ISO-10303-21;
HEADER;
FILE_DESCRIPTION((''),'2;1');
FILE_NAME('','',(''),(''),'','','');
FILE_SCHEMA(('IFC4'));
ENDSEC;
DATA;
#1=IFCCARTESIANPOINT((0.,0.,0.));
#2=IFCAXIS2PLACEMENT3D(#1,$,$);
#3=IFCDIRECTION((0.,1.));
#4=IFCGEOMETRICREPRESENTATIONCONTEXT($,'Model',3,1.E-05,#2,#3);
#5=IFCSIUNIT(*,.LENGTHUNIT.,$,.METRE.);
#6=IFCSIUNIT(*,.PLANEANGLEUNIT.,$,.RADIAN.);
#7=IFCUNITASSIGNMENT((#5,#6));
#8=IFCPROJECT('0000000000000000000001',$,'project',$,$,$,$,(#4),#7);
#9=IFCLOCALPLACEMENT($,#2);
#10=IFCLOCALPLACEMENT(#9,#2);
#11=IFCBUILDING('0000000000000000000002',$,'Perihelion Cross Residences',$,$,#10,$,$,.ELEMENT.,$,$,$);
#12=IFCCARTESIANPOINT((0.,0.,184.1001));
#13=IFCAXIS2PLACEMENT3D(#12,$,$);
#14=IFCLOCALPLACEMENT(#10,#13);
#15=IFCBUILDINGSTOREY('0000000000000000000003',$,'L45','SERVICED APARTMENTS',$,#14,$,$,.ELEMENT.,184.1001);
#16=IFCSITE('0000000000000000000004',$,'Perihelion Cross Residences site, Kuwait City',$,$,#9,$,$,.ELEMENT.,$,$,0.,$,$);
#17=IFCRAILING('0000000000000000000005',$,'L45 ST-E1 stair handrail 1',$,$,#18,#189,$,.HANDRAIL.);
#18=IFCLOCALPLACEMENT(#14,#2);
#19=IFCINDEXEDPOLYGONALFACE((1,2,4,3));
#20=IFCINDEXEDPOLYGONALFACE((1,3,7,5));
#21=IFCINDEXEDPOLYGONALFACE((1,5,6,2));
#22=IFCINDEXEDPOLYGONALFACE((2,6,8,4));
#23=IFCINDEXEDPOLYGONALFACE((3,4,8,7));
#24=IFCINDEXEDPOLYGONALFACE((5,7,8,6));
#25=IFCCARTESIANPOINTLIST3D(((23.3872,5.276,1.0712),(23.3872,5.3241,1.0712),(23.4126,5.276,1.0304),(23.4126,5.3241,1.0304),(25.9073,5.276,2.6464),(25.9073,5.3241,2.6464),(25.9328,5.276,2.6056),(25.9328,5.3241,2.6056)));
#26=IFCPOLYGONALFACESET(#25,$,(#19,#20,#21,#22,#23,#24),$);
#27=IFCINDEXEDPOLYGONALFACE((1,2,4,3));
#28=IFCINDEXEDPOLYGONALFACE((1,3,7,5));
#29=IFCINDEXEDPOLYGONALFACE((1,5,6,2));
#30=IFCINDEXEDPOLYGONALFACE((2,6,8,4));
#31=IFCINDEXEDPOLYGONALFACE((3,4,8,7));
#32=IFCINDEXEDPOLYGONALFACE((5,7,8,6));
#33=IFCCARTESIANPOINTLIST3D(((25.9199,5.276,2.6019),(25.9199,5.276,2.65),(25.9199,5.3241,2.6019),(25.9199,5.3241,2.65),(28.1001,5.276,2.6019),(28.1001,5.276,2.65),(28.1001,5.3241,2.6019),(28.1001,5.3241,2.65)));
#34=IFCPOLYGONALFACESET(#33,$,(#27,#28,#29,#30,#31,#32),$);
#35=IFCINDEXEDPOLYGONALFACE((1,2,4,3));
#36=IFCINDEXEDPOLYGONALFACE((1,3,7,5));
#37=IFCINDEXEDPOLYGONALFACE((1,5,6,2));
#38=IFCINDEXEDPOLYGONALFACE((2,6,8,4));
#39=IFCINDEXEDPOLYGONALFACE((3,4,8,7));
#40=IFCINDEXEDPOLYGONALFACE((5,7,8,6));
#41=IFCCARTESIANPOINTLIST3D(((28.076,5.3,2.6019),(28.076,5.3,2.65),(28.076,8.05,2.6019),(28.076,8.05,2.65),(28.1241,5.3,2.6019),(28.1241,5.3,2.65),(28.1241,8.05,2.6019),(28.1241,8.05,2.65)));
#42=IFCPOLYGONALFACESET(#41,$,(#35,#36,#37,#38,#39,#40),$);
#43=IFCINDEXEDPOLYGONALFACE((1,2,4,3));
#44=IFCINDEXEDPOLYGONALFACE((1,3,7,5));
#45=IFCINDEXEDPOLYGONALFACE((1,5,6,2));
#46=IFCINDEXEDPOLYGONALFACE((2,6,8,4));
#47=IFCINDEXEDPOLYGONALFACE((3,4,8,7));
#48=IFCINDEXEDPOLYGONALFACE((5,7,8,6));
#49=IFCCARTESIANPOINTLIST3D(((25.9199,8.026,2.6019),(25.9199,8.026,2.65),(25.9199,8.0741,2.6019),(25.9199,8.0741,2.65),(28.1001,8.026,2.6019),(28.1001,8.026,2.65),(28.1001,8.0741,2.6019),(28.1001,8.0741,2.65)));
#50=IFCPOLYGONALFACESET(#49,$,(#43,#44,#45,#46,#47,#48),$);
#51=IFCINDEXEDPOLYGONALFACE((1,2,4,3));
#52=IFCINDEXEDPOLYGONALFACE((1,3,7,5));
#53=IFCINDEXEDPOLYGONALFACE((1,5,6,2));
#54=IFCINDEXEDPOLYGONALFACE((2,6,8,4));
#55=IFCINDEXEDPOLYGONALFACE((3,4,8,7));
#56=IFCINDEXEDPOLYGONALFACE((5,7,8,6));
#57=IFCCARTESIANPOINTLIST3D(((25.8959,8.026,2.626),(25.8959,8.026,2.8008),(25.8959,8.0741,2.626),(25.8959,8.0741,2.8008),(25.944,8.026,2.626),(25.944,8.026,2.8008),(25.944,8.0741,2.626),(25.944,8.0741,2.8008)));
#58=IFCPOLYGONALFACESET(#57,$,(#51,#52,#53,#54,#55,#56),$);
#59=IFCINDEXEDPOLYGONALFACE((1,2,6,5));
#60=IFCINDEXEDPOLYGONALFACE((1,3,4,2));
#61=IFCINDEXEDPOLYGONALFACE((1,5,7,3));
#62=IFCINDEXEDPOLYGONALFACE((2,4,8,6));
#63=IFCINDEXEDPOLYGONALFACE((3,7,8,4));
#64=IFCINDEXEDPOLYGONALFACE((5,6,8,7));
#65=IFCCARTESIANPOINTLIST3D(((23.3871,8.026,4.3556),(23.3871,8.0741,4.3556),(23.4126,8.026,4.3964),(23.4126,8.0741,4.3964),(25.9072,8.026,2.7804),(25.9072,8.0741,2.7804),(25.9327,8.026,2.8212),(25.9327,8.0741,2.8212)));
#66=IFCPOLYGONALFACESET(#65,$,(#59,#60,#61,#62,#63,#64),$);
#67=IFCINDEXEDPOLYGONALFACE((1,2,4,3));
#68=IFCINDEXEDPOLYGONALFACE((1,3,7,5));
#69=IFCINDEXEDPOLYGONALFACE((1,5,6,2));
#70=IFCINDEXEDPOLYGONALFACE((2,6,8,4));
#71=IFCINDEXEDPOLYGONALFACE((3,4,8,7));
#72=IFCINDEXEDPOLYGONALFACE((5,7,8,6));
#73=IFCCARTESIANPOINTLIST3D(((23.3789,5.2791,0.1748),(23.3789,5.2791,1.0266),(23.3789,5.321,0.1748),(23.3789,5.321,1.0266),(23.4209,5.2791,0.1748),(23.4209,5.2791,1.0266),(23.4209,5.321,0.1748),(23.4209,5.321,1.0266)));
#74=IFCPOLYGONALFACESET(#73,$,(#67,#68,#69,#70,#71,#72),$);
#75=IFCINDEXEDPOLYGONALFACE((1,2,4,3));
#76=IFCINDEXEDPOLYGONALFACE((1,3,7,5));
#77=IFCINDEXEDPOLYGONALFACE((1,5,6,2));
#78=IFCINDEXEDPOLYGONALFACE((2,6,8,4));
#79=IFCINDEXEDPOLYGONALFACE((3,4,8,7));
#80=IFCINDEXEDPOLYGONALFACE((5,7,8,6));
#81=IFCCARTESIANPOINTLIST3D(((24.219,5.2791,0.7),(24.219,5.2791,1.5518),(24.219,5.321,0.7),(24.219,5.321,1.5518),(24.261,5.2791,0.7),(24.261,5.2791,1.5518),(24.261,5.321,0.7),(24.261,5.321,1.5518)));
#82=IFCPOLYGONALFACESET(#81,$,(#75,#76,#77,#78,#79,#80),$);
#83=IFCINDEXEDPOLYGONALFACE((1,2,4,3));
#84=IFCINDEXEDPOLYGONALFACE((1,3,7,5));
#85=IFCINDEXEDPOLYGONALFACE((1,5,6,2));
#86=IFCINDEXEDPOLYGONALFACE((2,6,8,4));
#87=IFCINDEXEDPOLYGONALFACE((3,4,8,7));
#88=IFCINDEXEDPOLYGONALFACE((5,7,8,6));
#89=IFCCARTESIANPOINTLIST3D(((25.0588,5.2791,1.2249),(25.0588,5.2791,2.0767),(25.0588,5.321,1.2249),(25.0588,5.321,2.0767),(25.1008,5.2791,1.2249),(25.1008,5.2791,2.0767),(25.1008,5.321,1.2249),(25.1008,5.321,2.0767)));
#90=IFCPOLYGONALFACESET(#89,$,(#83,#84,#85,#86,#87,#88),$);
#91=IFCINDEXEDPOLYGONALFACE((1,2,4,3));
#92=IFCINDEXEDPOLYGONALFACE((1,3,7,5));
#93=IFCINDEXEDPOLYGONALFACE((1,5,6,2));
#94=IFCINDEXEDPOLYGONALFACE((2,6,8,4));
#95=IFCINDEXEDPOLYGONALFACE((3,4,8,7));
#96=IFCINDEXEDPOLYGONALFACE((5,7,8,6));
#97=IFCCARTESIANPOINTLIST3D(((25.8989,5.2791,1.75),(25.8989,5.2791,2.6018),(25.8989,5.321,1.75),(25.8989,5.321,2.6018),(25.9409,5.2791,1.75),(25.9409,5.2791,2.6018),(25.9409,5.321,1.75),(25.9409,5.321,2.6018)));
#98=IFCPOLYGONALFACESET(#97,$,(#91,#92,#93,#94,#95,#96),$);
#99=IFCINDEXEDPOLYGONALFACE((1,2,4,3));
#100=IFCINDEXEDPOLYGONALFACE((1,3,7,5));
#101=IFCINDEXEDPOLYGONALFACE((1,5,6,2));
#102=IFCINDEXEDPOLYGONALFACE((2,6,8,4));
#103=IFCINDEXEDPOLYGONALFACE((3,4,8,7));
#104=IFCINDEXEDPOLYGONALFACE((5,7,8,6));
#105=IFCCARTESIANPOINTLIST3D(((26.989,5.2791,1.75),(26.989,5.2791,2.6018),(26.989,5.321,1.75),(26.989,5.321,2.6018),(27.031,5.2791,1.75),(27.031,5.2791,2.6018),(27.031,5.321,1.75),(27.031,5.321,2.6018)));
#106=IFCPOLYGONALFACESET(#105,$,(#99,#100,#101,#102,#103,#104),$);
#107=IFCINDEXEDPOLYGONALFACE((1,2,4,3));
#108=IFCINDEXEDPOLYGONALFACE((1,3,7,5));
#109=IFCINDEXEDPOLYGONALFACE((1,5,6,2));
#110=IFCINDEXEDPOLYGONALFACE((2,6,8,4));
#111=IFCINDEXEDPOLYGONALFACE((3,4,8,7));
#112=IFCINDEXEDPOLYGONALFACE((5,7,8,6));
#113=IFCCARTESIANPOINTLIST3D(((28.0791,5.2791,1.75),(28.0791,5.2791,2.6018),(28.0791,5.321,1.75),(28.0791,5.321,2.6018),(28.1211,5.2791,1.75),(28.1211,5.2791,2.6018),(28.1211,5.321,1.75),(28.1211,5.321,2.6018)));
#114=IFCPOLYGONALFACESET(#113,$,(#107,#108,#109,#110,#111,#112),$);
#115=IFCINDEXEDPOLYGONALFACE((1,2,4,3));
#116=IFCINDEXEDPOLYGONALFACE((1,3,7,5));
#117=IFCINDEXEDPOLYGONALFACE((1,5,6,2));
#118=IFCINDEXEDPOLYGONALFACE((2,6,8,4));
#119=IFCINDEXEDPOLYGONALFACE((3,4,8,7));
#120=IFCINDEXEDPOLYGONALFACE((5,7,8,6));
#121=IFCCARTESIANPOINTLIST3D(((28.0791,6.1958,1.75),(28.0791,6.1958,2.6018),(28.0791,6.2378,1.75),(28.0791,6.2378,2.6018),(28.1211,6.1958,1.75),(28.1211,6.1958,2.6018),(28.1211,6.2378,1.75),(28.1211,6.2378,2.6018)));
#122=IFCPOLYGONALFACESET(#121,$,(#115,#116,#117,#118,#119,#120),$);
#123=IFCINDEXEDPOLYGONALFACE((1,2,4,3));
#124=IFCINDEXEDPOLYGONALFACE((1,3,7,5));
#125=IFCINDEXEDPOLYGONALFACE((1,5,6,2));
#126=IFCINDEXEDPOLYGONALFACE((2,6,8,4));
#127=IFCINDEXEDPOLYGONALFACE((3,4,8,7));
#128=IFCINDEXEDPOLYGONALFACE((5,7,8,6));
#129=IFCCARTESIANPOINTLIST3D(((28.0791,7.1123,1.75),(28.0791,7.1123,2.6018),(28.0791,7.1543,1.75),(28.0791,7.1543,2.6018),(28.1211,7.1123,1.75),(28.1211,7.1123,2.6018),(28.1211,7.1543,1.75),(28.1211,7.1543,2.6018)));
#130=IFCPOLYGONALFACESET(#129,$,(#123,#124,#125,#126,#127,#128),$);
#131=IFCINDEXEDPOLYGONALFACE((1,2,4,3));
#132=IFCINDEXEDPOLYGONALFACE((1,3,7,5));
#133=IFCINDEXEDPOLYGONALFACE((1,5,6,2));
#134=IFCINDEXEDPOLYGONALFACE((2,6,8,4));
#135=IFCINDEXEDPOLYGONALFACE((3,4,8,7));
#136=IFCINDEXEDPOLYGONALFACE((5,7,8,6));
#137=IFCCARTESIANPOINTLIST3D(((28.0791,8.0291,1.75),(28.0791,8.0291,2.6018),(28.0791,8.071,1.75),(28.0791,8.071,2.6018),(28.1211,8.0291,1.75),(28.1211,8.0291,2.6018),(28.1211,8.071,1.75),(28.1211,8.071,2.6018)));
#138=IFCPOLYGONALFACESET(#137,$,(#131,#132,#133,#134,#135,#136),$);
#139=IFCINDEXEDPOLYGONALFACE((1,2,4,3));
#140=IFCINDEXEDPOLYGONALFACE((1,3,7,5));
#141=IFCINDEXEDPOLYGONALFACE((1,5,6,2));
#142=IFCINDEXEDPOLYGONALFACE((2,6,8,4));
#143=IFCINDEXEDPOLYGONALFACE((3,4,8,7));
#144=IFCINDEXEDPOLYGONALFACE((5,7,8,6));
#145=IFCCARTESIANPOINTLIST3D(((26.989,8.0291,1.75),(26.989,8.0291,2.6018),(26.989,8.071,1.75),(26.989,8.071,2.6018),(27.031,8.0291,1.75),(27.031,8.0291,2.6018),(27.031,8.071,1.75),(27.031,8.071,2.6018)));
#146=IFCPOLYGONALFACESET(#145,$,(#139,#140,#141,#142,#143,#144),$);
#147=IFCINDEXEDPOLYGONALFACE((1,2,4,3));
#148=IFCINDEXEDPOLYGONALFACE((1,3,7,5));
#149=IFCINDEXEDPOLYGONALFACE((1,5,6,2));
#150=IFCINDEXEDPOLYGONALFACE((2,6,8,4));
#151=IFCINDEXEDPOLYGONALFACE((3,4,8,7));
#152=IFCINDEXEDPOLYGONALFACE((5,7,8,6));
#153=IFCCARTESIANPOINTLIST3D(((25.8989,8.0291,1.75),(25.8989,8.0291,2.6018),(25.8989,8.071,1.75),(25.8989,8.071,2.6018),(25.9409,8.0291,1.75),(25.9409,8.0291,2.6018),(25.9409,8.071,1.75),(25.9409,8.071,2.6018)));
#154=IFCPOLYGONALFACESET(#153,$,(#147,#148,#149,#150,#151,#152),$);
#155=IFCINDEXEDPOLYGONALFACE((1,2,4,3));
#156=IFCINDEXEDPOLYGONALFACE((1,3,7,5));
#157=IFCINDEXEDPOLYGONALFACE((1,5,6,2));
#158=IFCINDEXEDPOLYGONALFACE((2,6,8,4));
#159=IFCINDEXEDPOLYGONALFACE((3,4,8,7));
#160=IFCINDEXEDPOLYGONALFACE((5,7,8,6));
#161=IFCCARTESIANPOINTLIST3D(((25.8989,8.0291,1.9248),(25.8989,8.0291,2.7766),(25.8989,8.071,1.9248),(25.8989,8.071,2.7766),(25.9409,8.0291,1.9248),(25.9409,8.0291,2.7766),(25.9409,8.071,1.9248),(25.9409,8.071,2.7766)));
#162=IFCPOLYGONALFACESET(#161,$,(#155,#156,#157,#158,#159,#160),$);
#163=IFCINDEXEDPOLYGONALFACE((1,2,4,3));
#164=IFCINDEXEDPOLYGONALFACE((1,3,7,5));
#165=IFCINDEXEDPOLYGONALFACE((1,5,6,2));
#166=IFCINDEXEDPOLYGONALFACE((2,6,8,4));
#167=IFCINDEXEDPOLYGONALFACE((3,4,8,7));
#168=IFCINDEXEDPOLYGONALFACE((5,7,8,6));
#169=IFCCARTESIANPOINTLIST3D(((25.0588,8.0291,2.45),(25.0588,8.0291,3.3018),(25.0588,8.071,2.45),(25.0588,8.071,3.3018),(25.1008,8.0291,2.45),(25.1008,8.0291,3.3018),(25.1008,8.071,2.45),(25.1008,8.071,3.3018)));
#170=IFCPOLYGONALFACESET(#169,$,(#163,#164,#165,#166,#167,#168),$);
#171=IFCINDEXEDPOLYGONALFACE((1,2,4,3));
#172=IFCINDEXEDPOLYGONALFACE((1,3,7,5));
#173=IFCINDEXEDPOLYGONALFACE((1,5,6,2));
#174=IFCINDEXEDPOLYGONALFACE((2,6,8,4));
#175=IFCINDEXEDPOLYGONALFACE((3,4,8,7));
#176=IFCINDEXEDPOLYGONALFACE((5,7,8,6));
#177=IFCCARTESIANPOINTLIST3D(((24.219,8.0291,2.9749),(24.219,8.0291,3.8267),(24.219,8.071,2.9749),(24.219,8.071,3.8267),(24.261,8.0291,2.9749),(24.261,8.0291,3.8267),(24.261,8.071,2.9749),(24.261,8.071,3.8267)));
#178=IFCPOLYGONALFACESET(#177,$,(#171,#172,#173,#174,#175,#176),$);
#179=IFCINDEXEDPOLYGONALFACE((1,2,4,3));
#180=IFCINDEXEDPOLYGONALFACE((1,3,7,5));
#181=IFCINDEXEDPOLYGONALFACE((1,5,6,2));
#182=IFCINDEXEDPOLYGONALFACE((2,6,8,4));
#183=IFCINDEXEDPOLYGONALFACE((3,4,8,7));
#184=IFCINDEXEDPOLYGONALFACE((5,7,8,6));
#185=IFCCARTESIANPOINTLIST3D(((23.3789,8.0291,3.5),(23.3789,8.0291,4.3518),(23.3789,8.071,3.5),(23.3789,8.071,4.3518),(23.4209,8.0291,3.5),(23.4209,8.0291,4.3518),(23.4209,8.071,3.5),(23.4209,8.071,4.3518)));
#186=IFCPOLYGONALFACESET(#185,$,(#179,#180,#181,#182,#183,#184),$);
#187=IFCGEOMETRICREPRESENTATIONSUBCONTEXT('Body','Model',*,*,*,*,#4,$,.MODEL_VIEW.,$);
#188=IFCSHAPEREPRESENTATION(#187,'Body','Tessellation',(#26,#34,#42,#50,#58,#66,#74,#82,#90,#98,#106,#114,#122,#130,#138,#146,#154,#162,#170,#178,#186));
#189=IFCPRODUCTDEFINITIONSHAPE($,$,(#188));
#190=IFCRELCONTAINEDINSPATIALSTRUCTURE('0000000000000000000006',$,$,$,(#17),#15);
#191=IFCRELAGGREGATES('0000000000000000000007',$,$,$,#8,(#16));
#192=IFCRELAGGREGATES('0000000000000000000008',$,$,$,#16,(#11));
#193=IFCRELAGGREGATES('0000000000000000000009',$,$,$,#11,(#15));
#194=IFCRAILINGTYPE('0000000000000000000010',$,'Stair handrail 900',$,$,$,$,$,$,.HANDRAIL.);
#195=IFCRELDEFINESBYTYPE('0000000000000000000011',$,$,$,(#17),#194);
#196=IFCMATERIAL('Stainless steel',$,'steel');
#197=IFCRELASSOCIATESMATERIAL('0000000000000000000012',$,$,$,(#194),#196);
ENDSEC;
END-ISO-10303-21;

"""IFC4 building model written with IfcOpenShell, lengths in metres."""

from ifc_helpers import new_model, si_unit, direction, frame, origin, origin_2d, place, context, subcontext, project, spatial, rectangle, extrude, material, type_object, element, save


model = new_model("IFC4")

# Units and contexts
model_context = context("Model", 3, precision=1e-05, world=origin(), true_north=direction((0.0, 1.0)))
body_context = subcontext(model_context, "Body", "Model", "MODEL_VIEW")
ifc_project = project(units=[si_unit("LENGTHUNIT", "METRE"), si_unit("PLANEANGLEUNIT", "RADIAN")], contexts=[model_context])

# Site, building, storey
site_placement = place(None, origin())
site = spatial("IfcSite", under=ifc_project, at=site_placement, Name="Perihelion Cross Residences site, Kuwait City", CompositionType="ELEMENT", RefElevation=0.0)
building_placement = place(site_placement, origin())
building = spatial("IfcBuilding", under=site, at=building_placement, Name="Perihelion Cross Residences", CompositionType="ELEMENT")
storey_placement = place(building_placement, frame((0.0, 0.0, 184.1001)))
storey = spatial("IfcBuildingStorey", under=building, at=storey_placement, Name="L45", Description="SERVICED APARTMENTS", CompositionType="ELEMENT", Elevation=184.1001)

# Railing
ifc_material_1 = material(Name="Stainless steel", Category="steel")
railing_type_1 = type_object("IfcRailingType", Name="Stair handrail 900", PredefinedType="HANDRAIL", material=ifc_material_1)
railing_1_placement = place(storey_placement, frame((23.3999, 5.3, 0.1748)))
element("IfcRailing", 1, at=railing_1_placement, inside=storey, type_object=railing_type_1, Name="L45 ST-E1 stair handrail 1", PredefinedType="HANDRAIL", context=body_context, shape_type="SweptSolid", body=[
    extrude(rectangle(XDim=0.0481, YDim=0.0481, at=origin_2d()), frame((0.0, 0.0, 0.876), z_axis=(0.847971, 0.0, 0.530043), x_axis=(0.0, 1.0, 0.0)), (0.0, 0.0, 1.0), 2.9719),
    extrude(rectangle(XDim=0.0481, YDim=0.0481, at=origin_2d()), frame((2.52, 0.0, 2.4512), z_axis=(1.0, 0.0, 0.0), x_axis=(0.0, 1.0, 0.0)), (0.0, 0.0, 1.0), 2.1802),
    extrude(rectangle(XDim=0.0481, YDim=0.0481, at=origin_2d()), frame((4.7002, 0.0, 2.4512), z_axis=(0.0, 1.0, 0.0), x_axis=(-1.0, 0.0, 0.0)), (0.0, 0.0, 1.0), 2.75),
    extrude(rectangle(XDim=0.0481, YDim=0.0481, at=origin_2d()), frame((4.7002, 2.75, 2.4512), z_axis=(-1.0, 0.0, 0.0), x_axis=(0.0, -1.0, 0.0)), (0.0, 0.0, 1.0), 2.1802),
    extrude(rectangle(XDim=0.0481, YDim=0.0481, at=origin_2d()), frame((2.52, 2.75, 2.4512), z_axis=(0.0, 0.0, 1.0), x_axis=(1.0, 0.0, 0.0)), (0.0, 0.0, 1.0), 0.1748),
    extrude(rectangle(XDim=0.0481, YDim=0.0481, at=origin_2d()), frame((2.52, 2.75, 2.626), z_axis=(-0.847971, 0.0, 0.530043), x_axis=(0.0, -1.0, 0.0)), (0.0, 0.0, 1.0), 2.9719),
    extrude(rectangle(XDim=0.042, YDim=0.042, at=origin_2d()), origin(), (0.0, 0.0, 1.0), 0.8518),
    extrude(rectangle(XDim=0.042, YDim=0.042, at=origin_2d()), frame((0.8401, 0.0, 0.5251)), (0.0, 0.0, 1.0), 0.8518),
    extrude(rectangle(XDim=0.042, YDim=0.042, at=origin_2d()), frame((1.6799, 0.0, 1.05)), (0.0, 0.0, 1.0), 0.8518),
    extrude(rectangle(XDim=0.042, YDim=0.042, at=origin_2d()), frame((2.52, 0.0, 1.5752)), (0.0, 0.0, 1.0), 0.8518),
    extrude(rectangle(XDim=0.042, YDim=0.042, at=origin_2d()), frame((3.6101, 0.0, 1.5752)), (0.0, 0.0, 1.0), 0.8518),
    extrude(rectangle(XDim=0.042, YDim=0.042, at=origin_2d()), frame((4.7002, 0.0, 1.5752)), (0.0, 0.0, 1.0), 0.8518),
    extrude(rectangle(XDim=0.042, YDim=0.042, at=origin_2d()), frame((4.7002, 0.9167, 1.5752)), (0.0, 0.0, 1.0), 0.8518),
    extrude(rectangle(XDim=0.042, YDim=0.042, at=origin_2d()), frame((4.7002, 1.8333, 1.5752)), (0.0, 0.0, 1.0), 0.8518),
    extrude(rectangle(XDim=0.042, YDim=0.042, at=origin_2d()), frame((4.7002, 2.75, 1.5752)), (0.0, 0.0, 1.0), 0.8518),
    extrude(rectangle(XDim=0.042, YDim=0.042, at=origin_2d()), frame((3.6101, 2.75, 1.5752)), (0.0, 0.0, 1.0), 0.8518),
    extrude(rectangle(XDim=0.042, YDim=0.042, at=origin_2d()), frame((2.52, 2.75, 1.5752)), (0.0, 0.0, 1.0), 0.8518),
    extrude(rectangle(XDim=0.042, YDim=0.042, at=origin_2d()), frame((2.52, 2.75, 1.75)), (0.0, 0.0, 1.0), 0.8518),
    extrude(rectangle(XDim=0.042, YDim=0.042, at=origin_2d()), frame((1.6799, 2.75, 2.2751)), (0.0, 0.0, 1.0), 0.8518),
    extrude(rectangle(XDim=0.042, YDim=0.042, at=origin_2d()), frame((0.8401, 2.75, 2.8)), (0.0, 0.0, 1.0), 0.8518),
    extrude(rectangle(XDim=0.042, YDim=0.042, at=origin_2d()), frame((0.0, 2.75, 3.3252)), (0.0, 0.0, 1.0), 0.8518),
])

save(model, "model.ifc")
